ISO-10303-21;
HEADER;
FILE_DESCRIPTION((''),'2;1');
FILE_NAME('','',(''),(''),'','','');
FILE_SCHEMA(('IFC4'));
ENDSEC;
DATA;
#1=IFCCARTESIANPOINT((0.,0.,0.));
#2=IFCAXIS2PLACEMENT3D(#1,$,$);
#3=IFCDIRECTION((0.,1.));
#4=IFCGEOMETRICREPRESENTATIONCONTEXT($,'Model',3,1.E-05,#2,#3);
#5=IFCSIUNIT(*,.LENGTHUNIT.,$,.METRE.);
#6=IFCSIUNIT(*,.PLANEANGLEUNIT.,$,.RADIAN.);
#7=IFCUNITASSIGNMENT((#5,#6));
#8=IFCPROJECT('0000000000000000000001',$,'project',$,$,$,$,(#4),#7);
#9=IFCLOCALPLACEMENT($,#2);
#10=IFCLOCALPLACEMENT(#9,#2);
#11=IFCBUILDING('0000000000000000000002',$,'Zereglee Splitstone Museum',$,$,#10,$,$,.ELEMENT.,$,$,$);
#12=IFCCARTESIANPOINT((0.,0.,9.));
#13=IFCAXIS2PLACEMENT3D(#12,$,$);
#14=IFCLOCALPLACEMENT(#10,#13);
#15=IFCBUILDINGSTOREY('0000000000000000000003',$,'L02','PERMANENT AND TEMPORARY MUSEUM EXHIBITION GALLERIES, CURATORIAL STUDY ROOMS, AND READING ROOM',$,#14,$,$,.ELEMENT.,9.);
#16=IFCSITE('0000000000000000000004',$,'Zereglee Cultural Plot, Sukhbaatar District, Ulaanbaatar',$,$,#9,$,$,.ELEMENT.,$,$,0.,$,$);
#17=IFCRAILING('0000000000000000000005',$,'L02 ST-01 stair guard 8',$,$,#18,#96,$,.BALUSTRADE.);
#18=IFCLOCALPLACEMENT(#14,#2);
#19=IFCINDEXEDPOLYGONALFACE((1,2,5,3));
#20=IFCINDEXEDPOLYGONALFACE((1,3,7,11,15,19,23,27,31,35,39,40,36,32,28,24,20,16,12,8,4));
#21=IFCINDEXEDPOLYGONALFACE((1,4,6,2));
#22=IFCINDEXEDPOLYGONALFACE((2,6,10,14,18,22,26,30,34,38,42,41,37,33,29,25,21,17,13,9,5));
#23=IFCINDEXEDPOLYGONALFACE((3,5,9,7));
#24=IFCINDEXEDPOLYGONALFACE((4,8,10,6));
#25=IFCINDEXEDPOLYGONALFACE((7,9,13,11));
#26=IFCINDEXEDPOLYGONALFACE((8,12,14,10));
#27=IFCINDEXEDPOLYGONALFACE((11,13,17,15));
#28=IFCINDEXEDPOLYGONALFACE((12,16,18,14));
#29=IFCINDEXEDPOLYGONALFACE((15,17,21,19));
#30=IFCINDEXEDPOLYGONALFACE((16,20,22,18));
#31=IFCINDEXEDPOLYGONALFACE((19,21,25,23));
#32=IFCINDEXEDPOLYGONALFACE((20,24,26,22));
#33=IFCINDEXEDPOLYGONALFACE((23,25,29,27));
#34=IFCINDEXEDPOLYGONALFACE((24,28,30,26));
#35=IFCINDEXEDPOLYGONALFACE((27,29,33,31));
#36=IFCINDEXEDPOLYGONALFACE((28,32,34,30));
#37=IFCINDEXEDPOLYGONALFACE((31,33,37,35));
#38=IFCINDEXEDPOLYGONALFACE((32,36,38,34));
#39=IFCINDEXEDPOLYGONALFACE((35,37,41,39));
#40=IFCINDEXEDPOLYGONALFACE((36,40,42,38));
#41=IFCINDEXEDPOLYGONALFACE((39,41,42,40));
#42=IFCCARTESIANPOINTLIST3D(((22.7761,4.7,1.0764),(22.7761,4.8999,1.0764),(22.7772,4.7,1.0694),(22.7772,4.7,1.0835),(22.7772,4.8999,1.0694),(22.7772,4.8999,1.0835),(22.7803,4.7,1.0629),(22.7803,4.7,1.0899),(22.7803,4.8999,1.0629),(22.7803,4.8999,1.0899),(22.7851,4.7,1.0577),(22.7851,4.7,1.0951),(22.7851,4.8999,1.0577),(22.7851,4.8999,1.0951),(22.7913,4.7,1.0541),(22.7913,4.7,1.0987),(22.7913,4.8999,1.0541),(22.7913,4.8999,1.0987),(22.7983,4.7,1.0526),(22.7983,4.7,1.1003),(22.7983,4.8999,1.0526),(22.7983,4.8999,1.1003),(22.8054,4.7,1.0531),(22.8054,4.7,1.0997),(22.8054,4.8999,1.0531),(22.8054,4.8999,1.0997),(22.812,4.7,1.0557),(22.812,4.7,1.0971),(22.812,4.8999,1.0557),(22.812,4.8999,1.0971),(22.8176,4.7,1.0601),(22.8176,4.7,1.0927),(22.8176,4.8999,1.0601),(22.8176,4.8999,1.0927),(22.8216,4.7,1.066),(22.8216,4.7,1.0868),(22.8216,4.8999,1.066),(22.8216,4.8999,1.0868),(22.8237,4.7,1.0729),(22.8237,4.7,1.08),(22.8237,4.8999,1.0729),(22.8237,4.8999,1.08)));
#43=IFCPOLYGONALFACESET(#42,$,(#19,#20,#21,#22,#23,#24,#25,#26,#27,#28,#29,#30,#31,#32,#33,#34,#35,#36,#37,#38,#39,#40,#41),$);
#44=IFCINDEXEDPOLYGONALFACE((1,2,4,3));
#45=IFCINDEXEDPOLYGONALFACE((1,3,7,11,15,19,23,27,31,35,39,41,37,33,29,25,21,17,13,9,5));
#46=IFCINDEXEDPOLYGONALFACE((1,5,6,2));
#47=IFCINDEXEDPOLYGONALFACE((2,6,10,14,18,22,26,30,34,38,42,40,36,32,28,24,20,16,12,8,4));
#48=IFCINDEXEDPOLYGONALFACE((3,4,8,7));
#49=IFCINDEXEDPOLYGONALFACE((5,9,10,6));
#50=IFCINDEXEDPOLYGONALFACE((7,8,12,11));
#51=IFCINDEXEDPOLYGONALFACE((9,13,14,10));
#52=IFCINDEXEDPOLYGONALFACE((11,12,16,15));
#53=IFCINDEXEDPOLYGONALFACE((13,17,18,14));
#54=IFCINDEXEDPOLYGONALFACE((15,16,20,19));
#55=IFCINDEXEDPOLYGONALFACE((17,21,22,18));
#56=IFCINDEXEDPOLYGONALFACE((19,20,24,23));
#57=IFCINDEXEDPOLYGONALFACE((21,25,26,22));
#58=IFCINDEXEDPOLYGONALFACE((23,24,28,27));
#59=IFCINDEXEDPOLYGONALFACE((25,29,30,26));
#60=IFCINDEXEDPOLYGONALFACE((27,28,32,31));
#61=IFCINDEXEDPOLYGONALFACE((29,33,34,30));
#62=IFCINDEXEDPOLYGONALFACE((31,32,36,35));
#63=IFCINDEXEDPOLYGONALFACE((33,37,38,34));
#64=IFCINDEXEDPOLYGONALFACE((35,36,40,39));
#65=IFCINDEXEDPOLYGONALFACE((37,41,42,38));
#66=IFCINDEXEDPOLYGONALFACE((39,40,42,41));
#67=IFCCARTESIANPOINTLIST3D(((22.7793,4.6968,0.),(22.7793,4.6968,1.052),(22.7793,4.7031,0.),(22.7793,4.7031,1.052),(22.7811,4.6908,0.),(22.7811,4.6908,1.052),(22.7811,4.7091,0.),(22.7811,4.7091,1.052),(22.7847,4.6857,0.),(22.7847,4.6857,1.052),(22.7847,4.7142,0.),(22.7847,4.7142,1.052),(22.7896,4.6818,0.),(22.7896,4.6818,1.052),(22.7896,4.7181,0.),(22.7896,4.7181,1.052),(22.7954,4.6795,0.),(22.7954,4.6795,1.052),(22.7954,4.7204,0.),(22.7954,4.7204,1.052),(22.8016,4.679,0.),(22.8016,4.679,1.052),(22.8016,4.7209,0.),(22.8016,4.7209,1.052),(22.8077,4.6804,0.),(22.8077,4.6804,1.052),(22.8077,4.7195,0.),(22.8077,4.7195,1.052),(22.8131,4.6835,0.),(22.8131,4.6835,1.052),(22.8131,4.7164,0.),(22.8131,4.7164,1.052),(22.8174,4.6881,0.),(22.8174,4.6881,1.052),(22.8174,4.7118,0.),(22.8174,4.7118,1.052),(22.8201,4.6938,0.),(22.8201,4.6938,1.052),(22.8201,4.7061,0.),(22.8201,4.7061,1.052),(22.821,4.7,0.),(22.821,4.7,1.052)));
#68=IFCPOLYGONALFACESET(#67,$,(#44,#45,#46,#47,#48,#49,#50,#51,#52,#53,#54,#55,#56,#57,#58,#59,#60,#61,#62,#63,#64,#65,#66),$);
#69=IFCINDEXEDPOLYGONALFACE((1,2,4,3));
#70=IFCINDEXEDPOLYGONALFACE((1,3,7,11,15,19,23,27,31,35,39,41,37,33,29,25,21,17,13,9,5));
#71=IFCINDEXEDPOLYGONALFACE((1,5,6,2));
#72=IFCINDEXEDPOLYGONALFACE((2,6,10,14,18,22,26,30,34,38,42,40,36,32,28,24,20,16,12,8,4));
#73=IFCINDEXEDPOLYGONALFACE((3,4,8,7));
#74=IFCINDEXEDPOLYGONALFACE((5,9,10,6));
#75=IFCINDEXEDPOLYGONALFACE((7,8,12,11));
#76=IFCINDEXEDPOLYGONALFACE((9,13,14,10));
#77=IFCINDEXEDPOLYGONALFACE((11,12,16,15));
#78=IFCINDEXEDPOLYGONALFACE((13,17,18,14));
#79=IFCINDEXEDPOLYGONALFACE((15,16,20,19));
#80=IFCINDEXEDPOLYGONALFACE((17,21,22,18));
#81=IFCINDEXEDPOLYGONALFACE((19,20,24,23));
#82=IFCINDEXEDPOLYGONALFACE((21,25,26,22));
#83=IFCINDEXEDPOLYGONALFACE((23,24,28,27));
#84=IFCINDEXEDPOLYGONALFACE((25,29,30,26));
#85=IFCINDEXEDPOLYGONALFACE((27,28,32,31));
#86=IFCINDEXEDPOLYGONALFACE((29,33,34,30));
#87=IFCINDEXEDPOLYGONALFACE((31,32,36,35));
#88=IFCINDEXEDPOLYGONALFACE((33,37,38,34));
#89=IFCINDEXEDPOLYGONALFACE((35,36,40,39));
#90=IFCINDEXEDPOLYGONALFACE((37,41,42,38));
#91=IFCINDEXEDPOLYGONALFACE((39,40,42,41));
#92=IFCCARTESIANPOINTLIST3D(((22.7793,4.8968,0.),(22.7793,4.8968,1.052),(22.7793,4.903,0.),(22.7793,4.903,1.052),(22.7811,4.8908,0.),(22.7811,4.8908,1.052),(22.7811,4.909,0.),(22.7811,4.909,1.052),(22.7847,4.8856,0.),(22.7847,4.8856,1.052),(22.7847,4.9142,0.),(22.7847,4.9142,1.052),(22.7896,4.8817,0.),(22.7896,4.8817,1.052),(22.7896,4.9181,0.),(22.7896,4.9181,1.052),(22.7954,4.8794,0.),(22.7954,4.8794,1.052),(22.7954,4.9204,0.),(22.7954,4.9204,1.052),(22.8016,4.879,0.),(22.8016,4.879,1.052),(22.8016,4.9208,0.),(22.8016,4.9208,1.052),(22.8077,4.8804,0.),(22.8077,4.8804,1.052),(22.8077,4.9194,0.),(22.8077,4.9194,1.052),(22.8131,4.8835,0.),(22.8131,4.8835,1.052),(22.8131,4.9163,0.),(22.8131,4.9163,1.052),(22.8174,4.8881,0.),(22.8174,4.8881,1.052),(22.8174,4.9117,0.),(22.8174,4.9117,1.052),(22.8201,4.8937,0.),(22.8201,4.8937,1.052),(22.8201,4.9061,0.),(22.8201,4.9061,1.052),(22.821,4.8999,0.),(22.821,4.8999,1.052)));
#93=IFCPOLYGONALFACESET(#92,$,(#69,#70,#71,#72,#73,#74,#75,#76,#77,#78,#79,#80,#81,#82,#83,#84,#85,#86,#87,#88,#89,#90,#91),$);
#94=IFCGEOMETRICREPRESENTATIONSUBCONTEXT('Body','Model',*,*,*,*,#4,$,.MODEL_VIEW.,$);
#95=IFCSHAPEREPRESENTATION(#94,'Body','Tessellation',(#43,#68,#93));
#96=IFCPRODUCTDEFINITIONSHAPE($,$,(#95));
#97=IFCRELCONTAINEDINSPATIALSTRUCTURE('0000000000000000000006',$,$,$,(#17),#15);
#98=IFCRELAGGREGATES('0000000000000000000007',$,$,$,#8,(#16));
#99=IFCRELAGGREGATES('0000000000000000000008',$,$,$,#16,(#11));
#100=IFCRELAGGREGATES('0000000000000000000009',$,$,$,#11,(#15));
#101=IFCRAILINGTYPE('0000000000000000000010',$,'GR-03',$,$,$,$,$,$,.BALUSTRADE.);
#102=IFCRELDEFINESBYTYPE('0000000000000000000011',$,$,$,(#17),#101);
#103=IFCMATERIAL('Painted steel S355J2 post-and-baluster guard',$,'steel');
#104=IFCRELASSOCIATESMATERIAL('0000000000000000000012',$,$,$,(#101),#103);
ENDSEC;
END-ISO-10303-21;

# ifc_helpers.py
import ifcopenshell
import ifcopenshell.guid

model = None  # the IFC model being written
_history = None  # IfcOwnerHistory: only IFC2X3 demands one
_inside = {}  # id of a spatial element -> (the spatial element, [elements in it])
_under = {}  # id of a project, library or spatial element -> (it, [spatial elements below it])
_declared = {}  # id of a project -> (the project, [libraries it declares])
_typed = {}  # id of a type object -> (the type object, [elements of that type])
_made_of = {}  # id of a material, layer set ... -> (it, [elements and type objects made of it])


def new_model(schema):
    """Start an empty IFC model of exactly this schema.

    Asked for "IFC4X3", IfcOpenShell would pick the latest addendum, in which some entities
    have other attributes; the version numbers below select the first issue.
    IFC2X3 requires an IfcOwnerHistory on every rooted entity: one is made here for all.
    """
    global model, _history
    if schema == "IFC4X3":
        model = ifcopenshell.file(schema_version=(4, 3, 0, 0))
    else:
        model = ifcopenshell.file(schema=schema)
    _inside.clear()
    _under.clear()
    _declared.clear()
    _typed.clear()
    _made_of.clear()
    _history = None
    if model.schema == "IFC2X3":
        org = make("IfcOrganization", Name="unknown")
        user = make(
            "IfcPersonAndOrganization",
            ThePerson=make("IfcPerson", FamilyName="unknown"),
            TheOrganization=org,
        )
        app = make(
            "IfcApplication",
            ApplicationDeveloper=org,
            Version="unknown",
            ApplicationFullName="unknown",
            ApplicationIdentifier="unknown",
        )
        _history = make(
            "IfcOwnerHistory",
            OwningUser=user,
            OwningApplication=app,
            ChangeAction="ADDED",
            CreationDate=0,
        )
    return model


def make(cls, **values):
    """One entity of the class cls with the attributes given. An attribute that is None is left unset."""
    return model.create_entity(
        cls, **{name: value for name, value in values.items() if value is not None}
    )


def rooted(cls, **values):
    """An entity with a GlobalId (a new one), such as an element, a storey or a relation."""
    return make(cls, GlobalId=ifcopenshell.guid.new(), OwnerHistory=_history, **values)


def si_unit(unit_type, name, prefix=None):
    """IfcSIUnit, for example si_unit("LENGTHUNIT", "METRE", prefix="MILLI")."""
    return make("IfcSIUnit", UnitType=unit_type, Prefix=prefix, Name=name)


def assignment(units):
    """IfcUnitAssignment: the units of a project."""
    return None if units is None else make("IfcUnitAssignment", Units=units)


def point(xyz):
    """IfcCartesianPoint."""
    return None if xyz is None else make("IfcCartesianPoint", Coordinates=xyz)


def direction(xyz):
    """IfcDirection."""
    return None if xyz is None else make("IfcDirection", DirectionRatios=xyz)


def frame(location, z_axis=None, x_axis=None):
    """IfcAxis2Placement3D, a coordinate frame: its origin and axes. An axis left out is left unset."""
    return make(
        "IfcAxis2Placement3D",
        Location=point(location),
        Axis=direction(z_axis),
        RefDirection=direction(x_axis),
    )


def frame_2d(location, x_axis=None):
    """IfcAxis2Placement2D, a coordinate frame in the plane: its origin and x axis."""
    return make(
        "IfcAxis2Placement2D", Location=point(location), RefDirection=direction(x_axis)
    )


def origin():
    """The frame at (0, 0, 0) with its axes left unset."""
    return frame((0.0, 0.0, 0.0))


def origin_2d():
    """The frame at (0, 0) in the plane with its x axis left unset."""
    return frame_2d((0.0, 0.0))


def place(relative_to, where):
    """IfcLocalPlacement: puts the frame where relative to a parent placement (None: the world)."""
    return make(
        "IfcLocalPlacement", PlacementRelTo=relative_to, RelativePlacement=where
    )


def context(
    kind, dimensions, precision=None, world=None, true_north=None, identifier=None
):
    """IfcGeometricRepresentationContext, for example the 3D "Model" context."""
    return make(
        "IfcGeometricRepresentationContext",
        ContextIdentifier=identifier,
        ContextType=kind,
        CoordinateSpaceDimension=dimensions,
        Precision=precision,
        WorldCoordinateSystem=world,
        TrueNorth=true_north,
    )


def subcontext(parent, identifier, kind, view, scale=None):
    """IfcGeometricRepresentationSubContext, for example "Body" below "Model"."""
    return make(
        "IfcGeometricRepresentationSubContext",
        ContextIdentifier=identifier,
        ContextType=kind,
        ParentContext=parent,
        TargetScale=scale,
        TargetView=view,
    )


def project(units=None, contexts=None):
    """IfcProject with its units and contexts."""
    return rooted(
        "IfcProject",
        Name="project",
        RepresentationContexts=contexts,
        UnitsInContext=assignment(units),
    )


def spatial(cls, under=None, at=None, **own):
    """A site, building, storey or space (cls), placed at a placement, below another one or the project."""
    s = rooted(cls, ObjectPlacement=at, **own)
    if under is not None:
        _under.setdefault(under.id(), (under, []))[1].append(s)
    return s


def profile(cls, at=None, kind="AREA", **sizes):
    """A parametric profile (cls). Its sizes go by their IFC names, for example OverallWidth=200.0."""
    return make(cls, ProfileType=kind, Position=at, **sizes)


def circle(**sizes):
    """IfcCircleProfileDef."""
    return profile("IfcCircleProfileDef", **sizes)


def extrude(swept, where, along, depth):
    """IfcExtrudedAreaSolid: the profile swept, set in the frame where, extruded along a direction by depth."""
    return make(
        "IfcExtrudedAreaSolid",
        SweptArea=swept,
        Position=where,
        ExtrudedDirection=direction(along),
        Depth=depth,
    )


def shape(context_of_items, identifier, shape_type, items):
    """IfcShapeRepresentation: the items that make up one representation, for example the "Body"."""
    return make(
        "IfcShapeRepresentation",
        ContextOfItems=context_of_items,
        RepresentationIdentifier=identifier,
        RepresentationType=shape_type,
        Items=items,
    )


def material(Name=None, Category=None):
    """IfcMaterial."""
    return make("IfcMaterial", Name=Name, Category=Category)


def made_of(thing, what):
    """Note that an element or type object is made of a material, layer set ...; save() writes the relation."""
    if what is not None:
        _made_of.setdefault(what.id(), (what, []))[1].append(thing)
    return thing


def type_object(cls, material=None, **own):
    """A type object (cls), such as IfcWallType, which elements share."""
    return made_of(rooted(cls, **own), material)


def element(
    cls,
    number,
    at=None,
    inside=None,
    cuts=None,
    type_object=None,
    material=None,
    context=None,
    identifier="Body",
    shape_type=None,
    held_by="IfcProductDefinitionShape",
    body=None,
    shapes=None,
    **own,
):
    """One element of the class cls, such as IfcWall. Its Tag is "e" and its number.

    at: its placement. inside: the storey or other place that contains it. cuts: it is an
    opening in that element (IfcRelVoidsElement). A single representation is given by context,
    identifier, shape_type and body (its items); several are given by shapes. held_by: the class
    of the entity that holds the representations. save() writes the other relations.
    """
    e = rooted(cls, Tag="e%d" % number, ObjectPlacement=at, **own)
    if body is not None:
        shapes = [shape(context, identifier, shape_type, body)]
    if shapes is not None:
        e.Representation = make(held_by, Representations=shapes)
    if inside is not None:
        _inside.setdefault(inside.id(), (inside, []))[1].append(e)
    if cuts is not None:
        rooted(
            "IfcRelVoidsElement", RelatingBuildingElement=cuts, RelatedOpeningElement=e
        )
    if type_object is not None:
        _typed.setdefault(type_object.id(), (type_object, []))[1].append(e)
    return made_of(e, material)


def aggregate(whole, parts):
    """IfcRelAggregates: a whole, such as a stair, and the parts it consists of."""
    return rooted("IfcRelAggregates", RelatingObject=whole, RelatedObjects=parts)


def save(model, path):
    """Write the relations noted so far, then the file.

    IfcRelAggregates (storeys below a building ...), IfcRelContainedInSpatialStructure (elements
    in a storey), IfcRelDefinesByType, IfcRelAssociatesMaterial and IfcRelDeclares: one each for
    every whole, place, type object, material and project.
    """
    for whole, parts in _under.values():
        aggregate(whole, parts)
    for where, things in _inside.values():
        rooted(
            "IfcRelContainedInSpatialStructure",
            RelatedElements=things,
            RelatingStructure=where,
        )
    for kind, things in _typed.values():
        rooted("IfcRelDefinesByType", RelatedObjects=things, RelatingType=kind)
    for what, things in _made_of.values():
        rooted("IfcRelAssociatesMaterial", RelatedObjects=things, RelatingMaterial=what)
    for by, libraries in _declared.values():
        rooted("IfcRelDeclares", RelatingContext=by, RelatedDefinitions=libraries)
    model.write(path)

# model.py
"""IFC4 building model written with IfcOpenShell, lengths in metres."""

from ifc_helpers import new_model, si_unit, direction, frame, origin, origin_2d, place, context, subcontext, project, spatial, circle, extrude, material, type_object, element, save


model = new_model("IFC4")

# Units and contexts
model_context = context("Model", 3, precision=1e-05, world=origin(), true_north=direction((0.0, 1.0)))
body_context = subcontext(model_context, "Body", "Model", "MODEL_VIEW")
ifc_project = project(units=[si_unit("LENGTHUNIT", "METRE"), si_unit("PLANEANGLEUNIT", "RADIAN")], contexts=[model_context])

# Site, building, storey
site_placement = place(None, origin())
site = spatial("IfcSite", under=ifc_project, at=site_placement, Name="Zereglee Cultural Plot, Sukhbaatar District, Ulaanbaatar", CompositionType="ELEMENT", RefElevation=0.0)
building_placement = place(site_placement, origin())
building = spatial("IfcBuilding", under=site, at=building_placement, Name="Zereglee Splitstone Museum", CompositionType="ELEMENT")
storey_placement = place(building_placement, frame((0.0, 0.0, 9.0)))
storey = spatial("IfcBuildingStorey", under=building, at=storey_placement, Name="L02", Description="PERMANENT AND TEMPORARY MUSEUM EXHIBITION GALLERIES, CURATORIAL STUDY ROOMS, AND READING ROOM", CompositionType="ELEMENT", Elevation=9.0)

# Railing
ifc_material_1 = material(Name="Painted steel S355J2 post-and-baluster guard", Category="steel")
railing_type_1 = type_object("IfcRailingType", Name="GR-03", PredefinedType="BALUSTRADE", material=ifc_material_1)
railing_1_placement = place(storey_placement, frame((22.8, 4.7, 0.0)))
element("IfcRailing", 1, at=railing_1_placement, inside=storey, type_object=railing_type_1, Name="L02 ST-01 stair guard 8", PredefinedType="BALUSTRADE", context=body_context, shape_type="SweptSolid", body=[
    extrude(circle(Radius=0.0239, at=origin_2d()), frame((0.0, 0.0, 1.0764), z_axis=(0.0, 1.0, 0.0), x_axis=(-1.0, 0.0, 0.0)), (0.0, 0.0, 1.0), 0.2),
    extrude(circle(Radius=0.021, at=origin_2d()), origin(), (0.0, 0.0, 1.0), 1.052),
    extrude(circle(Radius=0.021, at=origin_2d()), frame((0.0, 0.2, 0.0)), (0.0, 0.0, 1.0), 1.052),
])

save(model, "model.ifc")
